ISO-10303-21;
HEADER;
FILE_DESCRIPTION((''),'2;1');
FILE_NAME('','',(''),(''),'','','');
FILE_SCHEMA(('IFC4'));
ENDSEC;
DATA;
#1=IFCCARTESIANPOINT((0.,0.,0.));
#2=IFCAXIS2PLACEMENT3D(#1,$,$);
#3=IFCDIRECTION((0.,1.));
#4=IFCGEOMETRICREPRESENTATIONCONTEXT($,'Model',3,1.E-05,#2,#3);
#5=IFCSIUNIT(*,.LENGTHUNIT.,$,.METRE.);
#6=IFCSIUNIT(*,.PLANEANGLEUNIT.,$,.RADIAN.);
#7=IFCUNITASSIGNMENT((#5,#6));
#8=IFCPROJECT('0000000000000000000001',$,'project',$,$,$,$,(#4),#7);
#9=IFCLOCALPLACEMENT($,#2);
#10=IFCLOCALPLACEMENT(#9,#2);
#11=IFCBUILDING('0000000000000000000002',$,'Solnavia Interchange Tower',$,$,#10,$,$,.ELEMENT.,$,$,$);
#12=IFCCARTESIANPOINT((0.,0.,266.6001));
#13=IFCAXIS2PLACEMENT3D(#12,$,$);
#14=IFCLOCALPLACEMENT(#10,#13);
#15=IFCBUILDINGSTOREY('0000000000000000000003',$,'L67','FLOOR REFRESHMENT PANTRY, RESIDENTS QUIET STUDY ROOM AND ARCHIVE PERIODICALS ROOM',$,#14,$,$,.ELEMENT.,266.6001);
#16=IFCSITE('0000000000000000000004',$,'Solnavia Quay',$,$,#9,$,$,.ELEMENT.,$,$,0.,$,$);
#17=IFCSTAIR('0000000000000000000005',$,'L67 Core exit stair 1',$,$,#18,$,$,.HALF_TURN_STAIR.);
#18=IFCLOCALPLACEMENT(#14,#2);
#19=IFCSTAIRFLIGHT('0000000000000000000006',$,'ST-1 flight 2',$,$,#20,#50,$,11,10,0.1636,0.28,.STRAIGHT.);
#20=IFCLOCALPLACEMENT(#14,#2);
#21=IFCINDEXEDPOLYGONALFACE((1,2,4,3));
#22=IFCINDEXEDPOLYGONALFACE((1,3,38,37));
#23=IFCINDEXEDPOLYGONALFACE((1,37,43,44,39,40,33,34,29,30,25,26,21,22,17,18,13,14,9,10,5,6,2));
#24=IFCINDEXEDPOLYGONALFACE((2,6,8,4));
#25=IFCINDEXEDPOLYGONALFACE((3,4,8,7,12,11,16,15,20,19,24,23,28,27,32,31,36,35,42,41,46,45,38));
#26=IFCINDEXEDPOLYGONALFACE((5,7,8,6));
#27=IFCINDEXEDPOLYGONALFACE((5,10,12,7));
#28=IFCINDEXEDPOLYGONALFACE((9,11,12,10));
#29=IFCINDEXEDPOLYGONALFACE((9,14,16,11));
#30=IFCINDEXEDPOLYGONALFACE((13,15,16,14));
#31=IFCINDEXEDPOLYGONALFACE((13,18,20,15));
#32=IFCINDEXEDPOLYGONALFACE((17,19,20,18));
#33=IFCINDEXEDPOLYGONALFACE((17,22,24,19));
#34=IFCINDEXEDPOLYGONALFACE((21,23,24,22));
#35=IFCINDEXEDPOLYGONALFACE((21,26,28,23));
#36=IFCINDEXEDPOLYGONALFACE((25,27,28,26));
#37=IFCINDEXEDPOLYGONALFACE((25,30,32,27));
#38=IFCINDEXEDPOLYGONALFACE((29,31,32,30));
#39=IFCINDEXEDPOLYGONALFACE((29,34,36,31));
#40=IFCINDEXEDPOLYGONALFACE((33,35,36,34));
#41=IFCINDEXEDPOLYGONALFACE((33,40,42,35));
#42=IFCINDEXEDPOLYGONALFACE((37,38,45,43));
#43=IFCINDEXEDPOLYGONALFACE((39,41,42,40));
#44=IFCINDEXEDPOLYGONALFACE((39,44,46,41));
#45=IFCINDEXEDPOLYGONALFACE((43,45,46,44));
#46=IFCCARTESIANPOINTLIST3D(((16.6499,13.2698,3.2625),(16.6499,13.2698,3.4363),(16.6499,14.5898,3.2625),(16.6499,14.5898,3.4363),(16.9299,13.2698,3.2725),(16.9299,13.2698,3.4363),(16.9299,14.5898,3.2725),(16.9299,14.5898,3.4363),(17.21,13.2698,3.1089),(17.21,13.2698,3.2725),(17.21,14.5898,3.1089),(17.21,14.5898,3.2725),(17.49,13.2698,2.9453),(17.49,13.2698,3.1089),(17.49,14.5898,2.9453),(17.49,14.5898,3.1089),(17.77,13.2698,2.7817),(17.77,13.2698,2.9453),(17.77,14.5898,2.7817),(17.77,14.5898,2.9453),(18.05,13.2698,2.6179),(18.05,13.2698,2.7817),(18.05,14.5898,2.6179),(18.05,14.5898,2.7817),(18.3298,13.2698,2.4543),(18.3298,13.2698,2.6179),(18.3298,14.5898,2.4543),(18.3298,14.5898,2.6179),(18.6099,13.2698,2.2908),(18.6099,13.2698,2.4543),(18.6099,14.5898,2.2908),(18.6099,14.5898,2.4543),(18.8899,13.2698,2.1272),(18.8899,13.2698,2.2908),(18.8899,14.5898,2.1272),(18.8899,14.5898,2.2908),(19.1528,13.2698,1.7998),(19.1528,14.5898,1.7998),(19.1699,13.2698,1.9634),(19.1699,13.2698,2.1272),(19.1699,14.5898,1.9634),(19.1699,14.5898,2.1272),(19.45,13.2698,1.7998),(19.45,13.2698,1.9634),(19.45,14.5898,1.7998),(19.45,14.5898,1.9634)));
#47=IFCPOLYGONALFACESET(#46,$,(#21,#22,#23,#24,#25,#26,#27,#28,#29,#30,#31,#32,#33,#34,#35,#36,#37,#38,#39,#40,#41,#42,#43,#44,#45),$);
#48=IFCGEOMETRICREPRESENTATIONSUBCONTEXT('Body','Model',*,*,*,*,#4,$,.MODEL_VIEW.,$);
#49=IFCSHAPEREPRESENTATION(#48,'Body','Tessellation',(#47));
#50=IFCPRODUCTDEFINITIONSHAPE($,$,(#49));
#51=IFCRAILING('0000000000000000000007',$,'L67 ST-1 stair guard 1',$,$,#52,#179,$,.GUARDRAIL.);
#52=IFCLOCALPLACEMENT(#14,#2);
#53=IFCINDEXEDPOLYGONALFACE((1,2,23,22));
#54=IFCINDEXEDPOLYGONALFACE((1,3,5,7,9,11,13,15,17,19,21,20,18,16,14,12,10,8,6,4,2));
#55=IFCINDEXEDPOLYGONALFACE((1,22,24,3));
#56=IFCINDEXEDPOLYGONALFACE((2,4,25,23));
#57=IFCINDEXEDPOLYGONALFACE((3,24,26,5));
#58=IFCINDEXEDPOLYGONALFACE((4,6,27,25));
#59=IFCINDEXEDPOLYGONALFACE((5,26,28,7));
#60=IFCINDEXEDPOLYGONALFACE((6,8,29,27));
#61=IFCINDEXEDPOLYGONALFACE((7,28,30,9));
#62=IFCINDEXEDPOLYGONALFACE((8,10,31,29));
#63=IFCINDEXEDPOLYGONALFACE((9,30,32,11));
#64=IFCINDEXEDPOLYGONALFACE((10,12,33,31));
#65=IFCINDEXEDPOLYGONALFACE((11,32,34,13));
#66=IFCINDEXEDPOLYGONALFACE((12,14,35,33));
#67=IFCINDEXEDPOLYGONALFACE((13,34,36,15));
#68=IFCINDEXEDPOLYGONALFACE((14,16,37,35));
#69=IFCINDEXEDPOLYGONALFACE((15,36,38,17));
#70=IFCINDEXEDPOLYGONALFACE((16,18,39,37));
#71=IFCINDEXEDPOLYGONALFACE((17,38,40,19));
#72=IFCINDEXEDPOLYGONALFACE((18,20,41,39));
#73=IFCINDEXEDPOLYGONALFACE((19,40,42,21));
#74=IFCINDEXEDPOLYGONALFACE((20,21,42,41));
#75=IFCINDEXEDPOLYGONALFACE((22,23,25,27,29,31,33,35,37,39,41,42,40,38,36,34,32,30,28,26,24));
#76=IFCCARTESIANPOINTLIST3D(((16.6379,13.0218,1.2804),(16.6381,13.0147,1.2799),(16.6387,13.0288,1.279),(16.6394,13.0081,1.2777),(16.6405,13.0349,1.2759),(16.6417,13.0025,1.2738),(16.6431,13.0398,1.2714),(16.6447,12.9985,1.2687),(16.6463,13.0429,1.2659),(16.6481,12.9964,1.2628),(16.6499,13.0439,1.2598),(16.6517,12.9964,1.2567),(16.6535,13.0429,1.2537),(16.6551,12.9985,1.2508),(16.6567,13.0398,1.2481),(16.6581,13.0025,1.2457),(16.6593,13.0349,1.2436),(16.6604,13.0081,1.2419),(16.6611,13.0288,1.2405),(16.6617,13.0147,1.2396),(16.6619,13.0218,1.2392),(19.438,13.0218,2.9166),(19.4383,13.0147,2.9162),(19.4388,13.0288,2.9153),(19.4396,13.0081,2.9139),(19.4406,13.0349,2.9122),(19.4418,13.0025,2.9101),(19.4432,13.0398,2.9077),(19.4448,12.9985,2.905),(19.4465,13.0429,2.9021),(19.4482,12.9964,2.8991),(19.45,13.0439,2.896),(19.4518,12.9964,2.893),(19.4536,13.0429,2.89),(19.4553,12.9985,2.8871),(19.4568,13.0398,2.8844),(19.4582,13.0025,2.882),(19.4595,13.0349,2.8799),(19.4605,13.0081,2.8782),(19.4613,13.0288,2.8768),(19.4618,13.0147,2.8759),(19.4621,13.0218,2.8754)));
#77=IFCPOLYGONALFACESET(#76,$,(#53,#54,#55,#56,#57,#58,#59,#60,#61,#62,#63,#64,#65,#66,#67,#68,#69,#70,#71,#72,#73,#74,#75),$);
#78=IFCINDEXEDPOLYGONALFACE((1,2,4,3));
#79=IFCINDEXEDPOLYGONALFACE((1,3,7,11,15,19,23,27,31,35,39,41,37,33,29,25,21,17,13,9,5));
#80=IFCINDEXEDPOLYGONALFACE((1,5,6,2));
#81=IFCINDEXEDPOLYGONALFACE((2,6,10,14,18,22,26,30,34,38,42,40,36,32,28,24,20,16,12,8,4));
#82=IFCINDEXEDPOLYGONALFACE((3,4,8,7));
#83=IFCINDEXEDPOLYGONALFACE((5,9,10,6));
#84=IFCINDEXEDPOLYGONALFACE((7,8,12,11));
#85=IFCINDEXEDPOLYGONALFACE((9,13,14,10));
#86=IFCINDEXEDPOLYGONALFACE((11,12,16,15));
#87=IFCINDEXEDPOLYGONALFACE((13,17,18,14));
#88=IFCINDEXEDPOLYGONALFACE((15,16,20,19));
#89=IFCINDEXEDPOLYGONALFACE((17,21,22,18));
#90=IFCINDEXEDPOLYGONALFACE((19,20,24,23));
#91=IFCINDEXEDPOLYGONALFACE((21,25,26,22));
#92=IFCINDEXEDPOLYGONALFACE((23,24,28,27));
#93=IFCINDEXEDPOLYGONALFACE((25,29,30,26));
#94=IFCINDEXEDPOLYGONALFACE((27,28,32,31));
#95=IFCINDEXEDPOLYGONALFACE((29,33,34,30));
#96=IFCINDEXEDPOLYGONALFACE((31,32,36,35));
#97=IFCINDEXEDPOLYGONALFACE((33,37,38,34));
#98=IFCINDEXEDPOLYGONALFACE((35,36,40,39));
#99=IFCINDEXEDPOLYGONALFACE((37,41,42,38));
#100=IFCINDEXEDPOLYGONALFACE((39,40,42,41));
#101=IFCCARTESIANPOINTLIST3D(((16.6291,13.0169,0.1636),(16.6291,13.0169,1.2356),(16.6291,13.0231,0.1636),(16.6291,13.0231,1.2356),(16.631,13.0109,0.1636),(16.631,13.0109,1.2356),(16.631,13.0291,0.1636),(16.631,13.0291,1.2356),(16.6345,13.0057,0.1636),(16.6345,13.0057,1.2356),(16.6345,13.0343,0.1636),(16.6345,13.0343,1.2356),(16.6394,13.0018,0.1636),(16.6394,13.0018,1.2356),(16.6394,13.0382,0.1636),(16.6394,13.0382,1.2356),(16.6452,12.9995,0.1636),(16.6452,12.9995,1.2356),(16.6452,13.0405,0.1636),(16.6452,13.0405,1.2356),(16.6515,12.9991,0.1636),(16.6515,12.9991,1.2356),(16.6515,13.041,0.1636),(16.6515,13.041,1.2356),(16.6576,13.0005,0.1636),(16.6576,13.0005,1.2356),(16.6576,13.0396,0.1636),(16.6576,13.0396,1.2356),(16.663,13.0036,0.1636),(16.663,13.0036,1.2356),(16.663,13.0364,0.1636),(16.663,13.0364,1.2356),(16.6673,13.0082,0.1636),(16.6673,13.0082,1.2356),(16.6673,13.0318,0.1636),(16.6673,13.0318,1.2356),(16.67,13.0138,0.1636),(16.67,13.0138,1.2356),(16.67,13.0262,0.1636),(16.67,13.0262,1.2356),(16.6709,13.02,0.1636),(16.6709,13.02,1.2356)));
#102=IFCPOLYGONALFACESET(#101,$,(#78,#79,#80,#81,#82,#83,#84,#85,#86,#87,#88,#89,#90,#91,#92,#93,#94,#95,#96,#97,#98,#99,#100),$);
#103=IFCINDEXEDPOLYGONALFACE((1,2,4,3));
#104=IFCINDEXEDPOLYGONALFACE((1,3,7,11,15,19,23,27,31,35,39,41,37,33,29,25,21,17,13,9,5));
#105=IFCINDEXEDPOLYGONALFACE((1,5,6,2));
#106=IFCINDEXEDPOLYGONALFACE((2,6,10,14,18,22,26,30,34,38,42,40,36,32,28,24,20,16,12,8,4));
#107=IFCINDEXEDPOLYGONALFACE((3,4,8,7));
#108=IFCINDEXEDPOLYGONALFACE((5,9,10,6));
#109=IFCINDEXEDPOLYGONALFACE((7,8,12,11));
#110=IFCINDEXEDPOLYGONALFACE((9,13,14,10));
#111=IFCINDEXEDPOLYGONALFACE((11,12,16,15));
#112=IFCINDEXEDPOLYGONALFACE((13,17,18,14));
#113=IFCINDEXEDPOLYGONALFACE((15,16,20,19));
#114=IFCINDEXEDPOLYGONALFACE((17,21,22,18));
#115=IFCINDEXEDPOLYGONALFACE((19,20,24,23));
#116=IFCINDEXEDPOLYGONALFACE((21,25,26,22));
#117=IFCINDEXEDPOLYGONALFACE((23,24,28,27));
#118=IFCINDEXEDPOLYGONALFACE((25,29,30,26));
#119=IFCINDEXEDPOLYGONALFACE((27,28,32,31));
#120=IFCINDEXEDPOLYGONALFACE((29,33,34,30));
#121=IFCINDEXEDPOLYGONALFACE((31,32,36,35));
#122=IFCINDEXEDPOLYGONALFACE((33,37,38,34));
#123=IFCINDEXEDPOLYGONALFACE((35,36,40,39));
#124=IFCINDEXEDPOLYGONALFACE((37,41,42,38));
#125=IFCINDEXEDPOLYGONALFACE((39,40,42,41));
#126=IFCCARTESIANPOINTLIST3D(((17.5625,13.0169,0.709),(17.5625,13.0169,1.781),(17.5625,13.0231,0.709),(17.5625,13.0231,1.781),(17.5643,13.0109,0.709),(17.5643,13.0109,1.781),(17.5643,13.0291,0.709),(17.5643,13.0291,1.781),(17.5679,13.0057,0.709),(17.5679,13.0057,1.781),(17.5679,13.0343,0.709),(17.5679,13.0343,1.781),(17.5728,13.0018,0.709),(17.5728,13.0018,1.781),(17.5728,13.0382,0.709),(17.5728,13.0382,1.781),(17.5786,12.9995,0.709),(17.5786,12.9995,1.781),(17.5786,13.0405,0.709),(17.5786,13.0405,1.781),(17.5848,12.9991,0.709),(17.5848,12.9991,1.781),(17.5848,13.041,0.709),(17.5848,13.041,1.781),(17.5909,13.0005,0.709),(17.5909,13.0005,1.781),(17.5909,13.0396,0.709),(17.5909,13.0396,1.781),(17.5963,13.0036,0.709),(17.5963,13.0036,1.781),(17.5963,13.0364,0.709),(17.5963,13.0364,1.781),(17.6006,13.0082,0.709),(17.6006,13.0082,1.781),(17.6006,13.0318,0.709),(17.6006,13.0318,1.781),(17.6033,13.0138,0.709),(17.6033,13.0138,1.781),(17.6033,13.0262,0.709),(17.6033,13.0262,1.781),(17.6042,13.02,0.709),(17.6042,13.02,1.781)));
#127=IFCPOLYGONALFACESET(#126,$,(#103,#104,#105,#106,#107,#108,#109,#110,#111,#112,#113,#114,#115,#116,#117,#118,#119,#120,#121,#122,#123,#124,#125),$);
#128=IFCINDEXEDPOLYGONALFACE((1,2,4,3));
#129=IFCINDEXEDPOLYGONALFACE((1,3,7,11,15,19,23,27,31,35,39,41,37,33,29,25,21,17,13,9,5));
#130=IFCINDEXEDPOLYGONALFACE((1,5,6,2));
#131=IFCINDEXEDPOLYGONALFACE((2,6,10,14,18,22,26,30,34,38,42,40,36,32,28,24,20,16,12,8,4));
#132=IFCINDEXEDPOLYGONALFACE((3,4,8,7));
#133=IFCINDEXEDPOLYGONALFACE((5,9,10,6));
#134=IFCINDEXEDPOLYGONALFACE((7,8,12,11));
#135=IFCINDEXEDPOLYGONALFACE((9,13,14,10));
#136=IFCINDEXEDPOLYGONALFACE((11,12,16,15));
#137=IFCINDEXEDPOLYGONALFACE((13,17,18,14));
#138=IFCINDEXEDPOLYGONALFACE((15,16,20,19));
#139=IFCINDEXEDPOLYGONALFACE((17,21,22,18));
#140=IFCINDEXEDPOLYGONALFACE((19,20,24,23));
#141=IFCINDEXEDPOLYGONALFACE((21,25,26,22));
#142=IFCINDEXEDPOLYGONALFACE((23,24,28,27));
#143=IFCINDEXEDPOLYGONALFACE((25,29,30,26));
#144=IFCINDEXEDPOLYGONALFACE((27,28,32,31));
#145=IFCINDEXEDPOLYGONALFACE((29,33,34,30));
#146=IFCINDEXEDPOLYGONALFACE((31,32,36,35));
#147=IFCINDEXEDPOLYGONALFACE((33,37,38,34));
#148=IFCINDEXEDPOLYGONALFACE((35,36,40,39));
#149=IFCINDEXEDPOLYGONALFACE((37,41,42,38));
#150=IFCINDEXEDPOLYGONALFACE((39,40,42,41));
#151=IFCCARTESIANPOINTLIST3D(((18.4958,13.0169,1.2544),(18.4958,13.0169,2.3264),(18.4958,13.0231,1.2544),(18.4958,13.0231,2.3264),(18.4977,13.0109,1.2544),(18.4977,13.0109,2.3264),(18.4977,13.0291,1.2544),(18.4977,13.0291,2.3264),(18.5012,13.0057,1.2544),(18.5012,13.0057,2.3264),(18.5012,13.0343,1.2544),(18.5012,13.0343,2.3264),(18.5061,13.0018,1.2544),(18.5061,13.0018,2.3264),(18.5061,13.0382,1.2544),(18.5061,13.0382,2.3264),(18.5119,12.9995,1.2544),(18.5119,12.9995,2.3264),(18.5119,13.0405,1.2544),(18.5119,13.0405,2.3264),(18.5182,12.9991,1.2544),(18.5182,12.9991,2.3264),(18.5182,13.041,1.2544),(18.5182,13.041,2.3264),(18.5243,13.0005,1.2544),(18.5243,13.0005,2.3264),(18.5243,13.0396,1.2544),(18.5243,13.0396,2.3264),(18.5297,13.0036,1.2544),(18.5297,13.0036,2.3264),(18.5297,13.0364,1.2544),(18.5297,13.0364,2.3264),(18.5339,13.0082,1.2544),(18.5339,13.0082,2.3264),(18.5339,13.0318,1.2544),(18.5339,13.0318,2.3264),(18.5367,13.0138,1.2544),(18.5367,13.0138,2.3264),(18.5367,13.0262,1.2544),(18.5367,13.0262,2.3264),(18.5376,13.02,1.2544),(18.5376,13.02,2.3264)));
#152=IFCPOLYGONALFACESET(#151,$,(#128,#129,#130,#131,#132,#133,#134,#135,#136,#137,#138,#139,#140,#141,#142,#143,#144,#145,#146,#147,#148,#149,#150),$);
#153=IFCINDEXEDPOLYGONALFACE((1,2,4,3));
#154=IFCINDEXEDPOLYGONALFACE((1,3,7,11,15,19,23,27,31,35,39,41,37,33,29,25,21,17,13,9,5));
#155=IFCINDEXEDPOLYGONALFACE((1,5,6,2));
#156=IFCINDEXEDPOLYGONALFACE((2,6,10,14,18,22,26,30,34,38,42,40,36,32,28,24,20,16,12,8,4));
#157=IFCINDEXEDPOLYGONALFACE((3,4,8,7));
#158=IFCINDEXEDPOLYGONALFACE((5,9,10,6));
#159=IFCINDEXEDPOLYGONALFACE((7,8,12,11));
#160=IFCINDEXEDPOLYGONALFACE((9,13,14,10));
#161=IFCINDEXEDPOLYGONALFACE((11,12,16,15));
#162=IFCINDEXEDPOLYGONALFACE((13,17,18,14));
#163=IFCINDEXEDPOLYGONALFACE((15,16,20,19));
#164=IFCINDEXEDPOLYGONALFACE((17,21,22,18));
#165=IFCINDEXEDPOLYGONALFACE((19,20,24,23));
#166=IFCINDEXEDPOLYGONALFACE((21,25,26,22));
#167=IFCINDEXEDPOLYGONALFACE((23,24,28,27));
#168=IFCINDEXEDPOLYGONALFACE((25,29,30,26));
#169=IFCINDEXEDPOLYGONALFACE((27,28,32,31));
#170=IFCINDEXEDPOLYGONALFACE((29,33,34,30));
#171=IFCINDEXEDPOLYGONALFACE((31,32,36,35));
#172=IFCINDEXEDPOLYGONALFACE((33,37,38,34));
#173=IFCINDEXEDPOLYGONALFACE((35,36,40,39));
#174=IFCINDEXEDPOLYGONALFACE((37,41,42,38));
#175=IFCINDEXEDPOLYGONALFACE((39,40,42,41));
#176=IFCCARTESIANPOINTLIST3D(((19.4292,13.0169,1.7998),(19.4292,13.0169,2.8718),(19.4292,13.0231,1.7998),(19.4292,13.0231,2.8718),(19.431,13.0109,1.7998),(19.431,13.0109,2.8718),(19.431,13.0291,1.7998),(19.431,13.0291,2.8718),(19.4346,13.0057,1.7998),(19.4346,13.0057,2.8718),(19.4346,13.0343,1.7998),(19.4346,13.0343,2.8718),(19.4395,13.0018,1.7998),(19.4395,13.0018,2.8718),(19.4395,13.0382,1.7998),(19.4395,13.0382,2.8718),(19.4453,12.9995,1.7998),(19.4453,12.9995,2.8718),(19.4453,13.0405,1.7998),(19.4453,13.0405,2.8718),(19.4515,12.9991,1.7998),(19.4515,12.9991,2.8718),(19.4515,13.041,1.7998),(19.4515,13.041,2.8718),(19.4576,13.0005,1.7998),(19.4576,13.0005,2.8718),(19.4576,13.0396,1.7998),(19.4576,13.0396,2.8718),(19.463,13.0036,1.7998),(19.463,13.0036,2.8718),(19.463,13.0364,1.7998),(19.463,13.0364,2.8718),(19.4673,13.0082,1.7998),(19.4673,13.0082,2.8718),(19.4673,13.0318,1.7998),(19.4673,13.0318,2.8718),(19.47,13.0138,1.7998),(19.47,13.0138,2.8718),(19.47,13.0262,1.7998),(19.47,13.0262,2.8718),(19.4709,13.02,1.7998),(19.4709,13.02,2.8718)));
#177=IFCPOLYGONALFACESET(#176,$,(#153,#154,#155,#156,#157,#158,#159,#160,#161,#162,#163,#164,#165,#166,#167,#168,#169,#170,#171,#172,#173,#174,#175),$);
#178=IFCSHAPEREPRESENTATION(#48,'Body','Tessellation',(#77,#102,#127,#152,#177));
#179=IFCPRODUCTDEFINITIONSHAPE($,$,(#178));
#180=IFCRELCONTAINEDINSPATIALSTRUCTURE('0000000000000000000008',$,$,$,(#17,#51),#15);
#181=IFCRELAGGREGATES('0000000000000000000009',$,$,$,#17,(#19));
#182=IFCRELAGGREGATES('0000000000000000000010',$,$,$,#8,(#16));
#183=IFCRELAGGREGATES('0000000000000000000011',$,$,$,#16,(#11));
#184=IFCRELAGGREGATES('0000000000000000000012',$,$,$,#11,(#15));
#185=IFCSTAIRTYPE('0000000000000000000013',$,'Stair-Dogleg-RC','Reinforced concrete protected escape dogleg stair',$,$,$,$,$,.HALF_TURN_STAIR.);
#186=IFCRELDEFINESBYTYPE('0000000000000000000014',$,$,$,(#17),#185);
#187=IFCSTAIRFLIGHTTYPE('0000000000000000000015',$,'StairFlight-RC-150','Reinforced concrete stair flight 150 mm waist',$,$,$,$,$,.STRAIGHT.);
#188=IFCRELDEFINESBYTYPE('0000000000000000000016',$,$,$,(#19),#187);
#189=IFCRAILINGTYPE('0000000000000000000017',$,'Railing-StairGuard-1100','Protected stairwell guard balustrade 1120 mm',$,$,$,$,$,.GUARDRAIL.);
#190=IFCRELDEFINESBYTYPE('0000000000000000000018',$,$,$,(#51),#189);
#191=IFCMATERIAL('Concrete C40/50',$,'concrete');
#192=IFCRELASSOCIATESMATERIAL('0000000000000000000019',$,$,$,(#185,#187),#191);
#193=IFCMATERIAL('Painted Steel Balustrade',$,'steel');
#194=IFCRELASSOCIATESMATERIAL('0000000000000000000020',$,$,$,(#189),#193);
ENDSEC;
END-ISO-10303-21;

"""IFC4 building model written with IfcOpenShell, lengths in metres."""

from ifc_helpers import new_model, si_unit, direction, frame, origin, origin_2d, place, context, subcontext, project, spatial, polyline, circle, outline, extrude, material, type_object, element, aggregate, save


model = new_model("IFC4")

# Units and contexts
model_context = context("Model", 3, precision=1e-05, world=origin(), true_north=direction((0.0, 1.0)))
body_context = subcontext(model_context, "Body", "Model", "MODEL_VIEW")
ifc_project = project(units=[si_unit("LENGTHUNIT", "METRE"), si_unit("PLANEANGLEUNIT", "RADIAN")], contexts=[model_context])

# Site, building, storey
site_placement = place(None, origin())
site = spatial("IfcSite", under=ifc_project, at=site_placement, Name="Solnavia Quay", CompositionType="ELEMENT", RefElevation=0.0)
building_placement = place(site_placement, origin())
building = spatial("IfcBuilding", under=site, at=building_placement, Name="Solnavia Interchange Tower", CompositionType="ELEMENT")
storey_placement = place(building_placement, frame((0.0, 0.0, 266.6001)))
storey = spatial("IfcBuildingStorey", under=building, at=storey_placement, Name="L67", Description="FLOOR REFRESHMENT PANTRY, RESIDENTS QUIET STUDY ROOM AND ARCHIVE PERIODICALS ROOM", CompositionType="ELEMENT", Elevation=266.6001)

# Shared definitions
ifc_material_1 = material(Name="Concrete C40/50", Category="concrete")

# Stair, stair flight
stair_type = type_object("IfcStairType", Name="Stair-Dogleg-RC", Description="Reinforced concrete protected escape dogleg stair", PredefinedType="HALF_TURN_STAIR", material=ifc_material_1)
stair_placement = place(storey_placement, origin())
stair = element("IfcStair", 1, at=stair_placement, inside=storey, type_object=stair_type, Name="L67 Core exit stair 1", PredefinedType="HALF_TURN_STAIR")
stair_flight_type = type_object("IfcStairFlightType", Name="StairFlight-RC-150", Description="Reinforced concrete stair flight 150 mm waist", PredefinedType="STRAIGHT", material=ifc_material_1)
stair_flight_1_placement = place(storey_placement, frame((19.45, 13.9299, 1.7998), z_axis=(0.0, 0.0, 1.0), x_axis=(-1.0, 0.0, 0.0)))
stair_flight_1 = element("IfcStairFlight", 2, at=stair_flight_1_placement, type_object=stair_flight_type, Name="ST-1 flight 2", NumberOfRisers=11, NumberOfTreads=10, PredefinedType="STRAIGHT", RiserHeight=0.1636, TreadLength=0.28, context=body_context, shape_type="SweptSolid", body=[
    extrude(outline(polyline([(0.0, 0.0), (0.0, 0.1636), (0.28, 0.1636), (0.28, 0.3274), (0.5601, 0.3274), (0.5601, 0.491), (0.8401, 0.491), (0.8401, 0.6545), (1.1201, 0.6545), (1.1201, 0.8181), (1.3999, 0.8181), (1.3999, 0.9819), (1.6799, 0.9819), (1.6799, 1.1455), (1.96, 1.1455), (1.96, 1.3091), (2.24, 1.3091), (2.24, 1.4727), (2.52, 1.4727), (2.52, 1.6365), (2.8, 1.6365), (2.8, 1.8), (2.8, 1.4626), (0.2971, 0.0), (0.0, 0.0)])), frame((0.0, 0.6602, 0.0), z_axis=(0.0, -1.0, 0.0), x_axis=(1.0, 0.0, 0.0)), (0.0, 0.0, 1.0), 1.3201),
])
aggregate(stair, [stair_flight_1])

# Railing
ifc_material_2 = material(Name="Painted Steel Balustrade", Category="steel")
railing_type_1 = type_object("IfcRailingType", Name="Railing-StairGuard-1100", Description="Protected stairwell guard balustrade 1120 mm", PredefinedType="GUARDRAIL", material=ifc_material_2)
railing_1_placement = place(storey_placement, frame((16.6499, 13.02, 0.1636)))
element("IfcRailing", 3, at=railing_1_placement, inside=storey, type_object=railing_type_1, Name="L67 ST-1 stair guard 1", PredefinedType="GUARDRAIL", context=body_context, shape_type="SweptSolid", body=[
    extrude(circle(Radius=0.0239, at=origin_2d()), frame((0.0, 0.0, 1.0962), z_axis=(0.863394, 0.0, 0.504531), x_axis=(0.0, 1.0, 0.0)), (0.0, 0.0, 1.0), 3.2432),
    extrude(circle(Radius=0.021, at=origin_2d()), origin(), (0.0, 0.0, 1.0), 1.072),
    extrude(circle(Radius=0.021, at=origin_2d()), frame((0.9333, 0.0, 0.5454)), (0.0, 0.0, 1.0), 1.072),
    extrude(circle(Radius=0.021, at=origin_2d()), frame((1.8667, 0.0, 1.0908)), (0.0, 0.0, 1.0), 1.072),
    extrude(circle(Radius=0.021, at=origin_2d()), frame((2.8, 0.0, 1.6362)), (0.0, 0.0, 1.0), 1.072),
])

save(model, "model.ifc")
